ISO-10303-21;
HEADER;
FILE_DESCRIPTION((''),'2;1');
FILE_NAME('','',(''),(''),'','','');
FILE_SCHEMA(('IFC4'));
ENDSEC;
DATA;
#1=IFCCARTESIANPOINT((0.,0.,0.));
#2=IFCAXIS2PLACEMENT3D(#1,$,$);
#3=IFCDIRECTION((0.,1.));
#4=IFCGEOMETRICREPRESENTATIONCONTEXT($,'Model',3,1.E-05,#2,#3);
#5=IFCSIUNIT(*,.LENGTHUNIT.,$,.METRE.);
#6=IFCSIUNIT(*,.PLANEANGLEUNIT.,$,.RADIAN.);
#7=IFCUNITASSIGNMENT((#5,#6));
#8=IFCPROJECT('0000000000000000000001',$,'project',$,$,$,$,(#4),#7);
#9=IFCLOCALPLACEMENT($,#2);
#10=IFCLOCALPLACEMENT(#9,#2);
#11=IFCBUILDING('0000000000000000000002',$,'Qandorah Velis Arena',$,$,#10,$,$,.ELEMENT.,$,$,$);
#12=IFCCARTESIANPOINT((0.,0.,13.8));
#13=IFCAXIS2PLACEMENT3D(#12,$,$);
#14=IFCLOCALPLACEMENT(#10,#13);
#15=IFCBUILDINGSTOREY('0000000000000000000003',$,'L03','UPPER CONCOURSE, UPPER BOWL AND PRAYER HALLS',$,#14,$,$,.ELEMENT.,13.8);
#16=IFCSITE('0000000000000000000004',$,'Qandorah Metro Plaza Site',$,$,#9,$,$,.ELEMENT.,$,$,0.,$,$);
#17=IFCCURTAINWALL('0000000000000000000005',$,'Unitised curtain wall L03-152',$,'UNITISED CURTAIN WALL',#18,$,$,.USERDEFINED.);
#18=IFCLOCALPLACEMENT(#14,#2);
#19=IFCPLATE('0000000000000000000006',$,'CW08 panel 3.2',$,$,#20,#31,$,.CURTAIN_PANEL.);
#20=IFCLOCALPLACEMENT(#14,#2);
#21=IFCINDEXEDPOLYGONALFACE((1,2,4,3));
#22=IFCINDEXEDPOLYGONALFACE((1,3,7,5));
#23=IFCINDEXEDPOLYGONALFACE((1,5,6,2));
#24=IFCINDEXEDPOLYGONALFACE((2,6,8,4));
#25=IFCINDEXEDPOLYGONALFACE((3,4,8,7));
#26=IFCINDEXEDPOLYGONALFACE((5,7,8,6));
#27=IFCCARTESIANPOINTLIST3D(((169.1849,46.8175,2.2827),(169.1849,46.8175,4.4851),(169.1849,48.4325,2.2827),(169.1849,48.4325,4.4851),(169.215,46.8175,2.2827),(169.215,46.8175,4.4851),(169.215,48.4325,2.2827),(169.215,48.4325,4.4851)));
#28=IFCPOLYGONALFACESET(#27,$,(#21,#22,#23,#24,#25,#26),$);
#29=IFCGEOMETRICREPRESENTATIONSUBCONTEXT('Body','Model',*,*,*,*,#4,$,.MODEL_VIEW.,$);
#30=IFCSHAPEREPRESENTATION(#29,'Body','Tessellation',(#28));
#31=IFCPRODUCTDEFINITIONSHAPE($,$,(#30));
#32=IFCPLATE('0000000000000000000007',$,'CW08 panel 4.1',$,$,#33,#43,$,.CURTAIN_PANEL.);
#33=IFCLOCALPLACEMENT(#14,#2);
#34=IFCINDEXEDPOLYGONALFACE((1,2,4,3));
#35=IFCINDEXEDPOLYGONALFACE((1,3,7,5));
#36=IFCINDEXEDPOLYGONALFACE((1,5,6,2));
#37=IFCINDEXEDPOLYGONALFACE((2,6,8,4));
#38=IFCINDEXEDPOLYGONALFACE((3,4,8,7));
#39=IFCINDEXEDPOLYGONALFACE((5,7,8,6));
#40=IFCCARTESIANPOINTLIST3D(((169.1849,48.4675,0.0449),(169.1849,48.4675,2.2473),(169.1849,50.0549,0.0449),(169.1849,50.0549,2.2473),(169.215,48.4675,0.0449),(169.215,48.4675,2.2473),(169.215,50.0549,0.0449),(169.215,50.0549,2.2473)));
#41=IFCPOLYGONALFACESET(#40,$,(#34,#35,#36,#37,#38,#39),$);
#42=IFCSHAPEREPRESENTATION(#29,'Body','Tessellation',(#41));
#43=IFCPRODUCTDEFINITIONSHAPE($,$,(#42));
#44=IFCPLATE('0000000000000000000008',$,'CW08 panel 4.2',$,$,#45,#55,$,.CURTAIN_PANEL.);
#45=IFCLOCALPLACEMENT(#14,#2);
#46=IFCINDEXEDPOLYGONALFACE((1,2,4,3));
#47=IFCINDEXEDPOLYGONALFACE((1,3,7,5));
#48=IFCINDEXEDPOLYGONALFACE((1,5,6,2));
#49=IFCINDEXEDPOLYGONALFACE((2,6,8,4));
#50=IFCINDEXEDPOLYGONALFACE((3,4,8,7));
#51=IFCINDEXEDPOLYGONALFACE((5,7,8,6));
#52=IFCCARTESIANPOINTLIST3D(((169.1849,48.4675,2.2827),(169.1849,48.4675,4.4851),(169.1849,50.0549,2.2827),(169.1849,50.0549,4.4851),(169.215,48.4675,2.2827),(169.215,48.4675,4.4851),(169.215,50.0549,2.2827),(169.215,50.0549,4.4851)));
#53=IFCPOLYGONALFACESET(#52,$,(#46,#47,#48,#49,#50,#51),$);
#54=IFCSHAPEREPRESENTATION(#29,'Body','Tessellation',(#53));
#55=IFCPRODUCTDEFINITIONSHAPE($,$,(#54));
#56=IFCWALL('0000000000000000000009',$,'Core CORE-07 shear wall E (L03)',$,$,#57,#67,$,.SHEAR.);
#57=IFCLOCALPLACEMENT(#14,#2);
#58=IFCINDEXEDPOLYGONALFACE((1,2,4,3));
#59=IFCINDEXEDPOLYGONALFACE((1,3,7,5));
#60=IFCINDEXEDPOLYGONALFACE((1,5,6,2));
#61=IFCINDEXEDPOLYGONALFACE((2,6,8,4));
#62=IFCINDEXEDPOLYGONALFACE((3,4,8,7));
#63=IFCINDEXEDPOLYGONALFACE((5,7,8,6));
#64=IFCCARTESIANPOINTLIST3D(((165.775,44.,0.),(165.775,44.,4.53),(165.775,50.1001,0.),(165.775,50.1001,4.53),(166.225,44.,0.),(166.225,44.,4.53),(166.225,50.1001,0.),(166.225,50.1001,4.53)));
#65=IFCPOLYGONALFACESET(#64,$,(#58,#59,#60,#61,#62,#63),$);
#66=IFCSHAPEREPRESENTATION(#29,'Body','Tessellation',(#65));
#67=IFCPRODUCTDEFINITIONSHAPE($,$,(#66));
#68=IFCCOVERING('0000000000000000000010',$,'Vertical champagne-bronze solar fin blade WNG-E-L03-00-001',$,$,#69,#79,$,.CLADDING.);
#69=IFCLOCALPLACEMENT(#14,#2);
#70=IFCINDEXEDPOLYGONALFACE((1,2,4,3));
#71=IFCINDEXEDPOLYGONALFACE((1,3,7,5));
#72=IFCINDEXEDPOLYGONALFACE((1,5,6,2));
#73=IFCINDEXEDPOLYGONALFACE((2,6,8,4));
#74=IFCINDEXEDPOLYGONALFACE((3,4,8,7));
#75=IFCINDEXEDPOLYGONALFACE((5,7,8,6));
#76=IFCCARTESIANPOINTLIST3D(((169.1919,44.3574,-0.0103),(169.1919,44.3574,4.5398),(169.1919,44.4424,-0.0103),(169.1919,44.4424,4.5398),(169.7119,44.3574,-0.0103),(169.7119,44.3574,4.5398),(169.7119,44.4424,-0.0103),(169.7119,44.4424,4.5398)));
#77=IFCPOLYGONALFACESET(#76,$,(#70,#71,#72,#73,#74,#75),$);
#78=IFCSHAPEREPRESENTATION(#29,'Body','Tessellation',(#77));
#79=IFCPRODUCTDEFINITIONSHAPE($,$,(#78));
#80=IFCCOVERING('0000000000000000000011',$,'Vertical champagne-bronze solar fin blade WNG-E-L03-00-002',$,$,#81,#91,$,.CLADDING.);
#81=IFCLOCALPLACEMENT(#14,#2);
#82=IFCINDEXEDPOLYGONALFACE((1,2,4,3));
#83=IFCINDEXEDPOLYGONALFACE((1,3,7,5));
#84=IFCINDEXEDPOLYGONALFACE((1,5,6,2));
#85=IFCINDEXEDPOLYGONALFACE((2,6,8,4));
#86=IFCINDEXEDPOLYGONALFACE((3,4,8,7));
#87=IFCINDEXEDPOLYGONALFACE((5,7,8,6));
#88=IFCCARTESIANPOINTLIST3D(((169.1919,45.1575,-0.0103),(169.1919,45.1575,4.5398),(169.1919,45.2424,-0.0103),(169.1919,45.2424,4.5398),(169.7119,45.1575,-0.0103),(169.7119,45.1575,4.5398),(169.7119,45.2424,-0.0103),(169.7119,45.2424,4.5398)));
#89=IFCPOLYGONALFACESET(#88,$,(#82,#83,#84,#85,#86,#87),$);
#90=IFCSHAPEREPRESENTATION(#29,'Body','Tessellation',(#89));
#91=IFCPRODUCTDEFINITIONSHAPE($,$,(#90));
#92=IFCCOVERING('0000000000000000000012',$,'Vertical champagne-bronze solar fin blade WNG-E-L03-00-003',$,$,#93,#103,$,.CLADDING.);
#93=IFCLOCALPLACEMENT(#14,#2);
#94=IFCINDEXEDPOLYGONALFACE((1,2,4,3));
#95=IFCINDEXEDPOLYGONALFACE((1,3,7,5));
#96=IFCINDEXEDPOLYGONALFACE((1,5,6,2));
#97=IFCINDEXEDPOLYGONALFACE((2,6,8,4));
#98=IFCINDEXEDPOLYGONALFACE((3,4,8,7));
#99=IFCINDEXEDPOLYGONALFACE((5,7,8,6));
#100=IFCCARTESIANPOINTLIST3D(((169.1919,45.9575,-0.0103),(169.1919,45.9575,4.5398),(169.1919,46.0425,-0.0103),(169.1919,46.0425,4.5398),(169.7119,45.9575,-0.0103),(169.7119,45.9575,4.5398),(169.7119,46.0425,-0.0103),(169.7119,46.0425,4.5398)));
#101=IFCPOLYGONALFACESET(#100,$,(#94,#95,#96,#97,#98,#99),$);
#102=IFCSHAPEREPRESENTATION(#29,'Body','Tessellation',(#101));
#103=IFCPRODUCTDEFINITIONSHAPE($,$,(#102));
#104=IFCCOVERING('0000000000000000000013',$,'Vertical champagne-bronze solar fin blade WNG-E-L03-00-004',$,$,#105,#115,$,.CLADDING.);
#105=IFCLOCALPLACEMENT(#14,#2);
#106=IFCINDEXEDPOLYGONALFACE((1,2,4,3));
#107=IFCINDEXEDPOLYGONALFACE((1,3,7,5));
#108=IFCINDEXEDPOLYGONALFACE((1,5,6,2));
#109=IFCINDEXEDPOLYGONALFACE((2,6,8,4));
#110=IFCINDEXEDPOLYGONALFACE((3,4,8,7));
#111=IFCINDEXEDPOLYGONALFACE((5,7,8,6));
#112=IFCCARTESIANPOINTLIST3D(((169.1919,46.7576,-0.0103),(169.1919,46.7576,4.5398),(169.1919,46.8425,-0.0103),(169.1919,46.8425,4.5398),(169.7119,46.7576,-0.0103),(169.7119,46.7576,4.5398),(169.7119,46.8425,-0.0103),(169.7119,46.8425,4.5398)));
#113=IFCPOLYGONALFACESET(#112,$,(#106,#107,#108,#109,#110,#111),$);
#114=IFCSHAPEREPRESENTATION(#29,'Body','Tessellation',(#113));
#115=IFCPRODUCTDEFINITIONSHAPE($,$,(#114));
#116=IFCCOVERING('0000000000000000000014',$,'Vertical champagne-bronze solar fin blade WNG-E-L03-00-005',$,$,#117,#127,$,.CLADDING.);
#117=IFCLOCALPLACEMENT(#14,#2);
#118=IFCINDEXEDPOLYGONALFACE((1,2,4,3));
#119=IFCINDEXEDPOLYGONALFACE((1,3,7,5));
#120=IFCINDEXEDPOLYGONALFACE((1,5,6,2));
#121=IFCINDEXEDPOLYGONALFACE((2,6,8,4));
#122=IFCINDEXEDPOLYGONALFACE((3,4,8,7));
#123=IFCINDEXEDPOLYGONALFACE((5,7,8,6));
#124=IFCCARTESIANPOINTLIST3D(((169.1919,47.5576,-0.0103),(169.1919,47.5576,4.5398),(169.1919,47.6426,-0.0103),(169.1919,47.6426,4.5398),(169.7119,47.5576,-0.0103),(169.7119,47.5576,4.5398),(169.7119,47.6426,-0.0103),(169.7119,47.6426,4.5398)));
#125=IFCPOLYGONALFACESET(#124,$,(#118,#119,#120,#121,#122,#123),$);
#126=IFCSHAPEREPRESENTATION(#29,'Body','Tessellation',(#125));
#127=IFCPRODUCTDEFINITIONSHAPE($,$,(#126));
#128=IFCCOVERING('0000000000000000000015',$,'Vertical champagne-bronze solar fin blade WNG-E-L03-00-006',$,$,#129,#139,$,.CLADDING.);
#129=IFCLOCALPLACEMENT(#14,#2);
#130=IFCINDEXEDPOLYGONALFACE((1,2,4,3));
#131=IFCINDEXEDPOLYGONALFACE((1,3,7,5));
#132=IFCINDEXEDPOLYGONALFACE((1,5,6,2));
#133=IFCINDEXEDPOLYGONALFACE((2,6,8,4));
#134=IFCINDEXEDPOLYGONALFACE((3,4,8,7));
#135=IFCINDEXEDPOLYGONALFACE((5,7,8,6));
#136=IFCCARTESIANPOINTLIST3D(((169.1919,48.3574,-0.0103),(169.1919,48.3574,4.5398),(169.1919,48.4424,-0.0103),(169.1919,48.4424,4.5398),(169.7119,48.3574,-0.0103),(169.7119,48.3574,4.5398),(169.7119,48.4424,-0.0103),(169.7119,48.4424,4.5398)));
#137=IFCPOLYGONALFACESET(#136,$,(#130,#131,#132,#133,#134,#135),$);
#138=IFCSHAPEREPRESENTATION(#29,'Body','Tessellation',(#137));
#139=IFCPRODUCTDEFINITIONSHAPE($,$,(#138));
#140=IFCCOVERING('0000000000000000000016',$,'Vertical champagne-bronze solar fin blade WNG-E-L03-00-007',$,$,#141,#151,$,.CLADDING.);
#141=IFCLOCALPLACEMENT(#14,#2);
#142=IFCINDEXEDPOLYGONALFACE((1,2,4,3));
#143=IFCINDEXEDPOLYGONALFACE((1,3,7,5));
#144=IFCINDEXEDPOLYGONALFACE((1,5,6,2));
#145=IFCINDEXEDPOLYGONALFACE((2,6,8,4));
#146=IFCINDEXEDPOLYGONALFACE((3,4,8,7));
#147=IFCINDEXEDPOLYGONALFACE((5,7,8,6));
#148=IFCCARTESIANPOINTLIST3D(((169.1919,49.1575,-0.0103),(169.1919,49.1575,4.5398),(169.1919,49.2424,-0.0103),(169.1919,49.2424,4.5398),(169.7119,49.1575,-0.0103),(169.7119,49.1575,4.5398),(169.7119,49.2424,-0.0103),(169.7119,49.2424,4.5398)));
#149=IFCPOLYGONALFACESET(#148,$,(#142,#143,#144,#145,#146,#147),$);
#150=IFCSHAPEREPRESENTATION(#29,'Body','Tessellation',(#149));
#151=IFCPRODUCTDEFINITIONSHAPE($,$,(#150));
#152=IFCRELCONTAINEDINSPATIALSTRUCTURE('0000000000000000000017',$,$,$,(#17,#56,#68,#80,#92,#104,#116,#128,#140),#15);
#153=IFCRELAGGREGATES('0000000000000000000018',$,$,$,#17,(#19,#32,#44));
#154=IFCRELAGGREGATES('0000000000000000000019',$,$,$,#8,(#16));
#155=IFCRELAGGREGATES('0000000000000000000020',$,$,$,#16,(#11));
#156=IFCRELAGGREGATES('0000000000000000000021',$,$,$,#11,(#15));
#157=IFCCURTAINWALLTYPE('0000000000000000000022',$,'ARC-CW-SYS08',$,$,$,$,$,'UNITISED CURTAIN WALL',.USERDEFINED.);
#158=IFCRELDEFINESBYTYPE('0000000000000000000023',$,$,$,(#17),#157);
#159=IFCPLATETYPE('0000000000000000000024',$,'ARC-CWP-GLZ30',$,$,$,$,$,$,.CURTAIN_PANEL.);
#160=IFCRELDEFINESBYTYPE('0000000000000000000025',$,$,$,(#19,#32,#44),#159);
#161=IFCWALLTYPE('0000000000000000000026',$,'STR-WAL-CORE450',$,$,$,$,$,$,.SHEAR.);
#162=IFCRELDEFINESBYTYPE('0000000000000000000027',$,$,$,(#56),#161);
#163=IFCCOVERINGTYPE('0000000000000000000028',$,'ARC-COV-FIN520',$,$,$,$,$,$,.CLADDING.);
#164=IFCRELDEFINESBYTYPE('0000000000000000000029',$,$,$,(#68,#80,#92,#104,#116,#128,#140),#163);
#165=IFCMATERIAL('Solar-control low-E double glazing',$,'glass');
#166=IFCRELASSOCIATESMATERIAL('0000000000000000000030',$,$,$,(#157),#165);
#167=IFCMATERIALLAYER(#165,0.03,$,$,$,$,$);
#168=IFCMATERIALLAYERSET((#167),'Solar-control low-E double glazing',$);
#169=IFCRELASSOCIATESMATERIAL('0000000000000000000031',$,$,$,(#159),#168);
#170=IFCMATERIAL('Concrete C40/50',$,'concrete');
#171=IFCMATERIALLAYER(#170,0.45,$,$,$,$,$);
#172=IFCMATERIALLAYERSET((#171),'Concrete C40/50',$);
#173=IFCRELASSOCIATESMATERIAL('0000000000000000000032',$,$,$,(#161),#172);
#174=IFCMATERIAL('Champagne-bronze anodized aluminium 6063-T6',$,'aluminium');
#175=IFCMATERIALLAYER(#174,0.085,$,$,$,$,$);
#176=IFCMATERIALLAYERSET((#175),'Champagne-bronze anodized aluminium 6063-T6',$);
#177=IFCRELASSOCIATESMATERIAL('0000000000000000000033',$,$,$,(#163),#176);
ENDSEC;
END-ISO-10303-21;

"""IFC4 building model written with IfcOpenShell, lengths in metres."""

from ifc_helpers import new_model, si_unit, direction, frame, frame_2d, origin, origin_2d, place, context, subcontext, project, spatial, rectangle, extrude, material, layer, layer_set, type_object, element, aggregate, save


model = new_model("IFC4")

# Units and contexts
model_context = context("Model", 3, precision=1e-05, world=origin(), true_north=direction((0.0, 1.0)))
body_context = subcontext(model_context, "Body", "Model", "MODEL_VIEW")
ifc_project = project(units=[si_unit("LENGTHUNIT", "METRE"), si_unit("PLANEANGLEUNIT", "RADIAN")], contexts=[model_context])

# Site, building, storey
site_placement = place(None, origin())
site = spatial("IfcSite", under=ifc_project, at=site_placement, Name="Qandorah Metro Plaza Site", CompositionType="ELEMENT", RefElevation=0.0)
building_placement = place(site_placement, origin())
building = spatial("IfcBuilding", under=site, at=building_placement, Name="Qandorah Velis Arena", CompositionType="ELEMENT")
storey_placement = place(building_placement, frame((0.0, 0.0, 13.8)))
storey = spatial("IfcBuildingStorey", under=building, at=storey_placement, Name="L03", Description="UPPER CONCOURSE, UPPER BOWL AND PRAYER HALLS", CompositionType="ELEMENT", Elevation=13.8)

# Shared definitions
ifc_material_1 = material(Name="Concrete C40/50", Category="concrete")

# Curtain wall, plates
ifc_material_2 = material(Name="Solar-control low-E double glazing", Category="glass")
curtain_wall_type = type_object("IfcCurtainWallType", Name="ARC-CW-SYS08", ElementType="UNITISED CURTAIN WALL", PredefinedType="USERDEFINED", material=ifc_material_2)
curtain_wall_placement = place(storey_placement, origin())
curtain_wall = element("IfcCurtainWall", 1, at=curtain_wall_placement, inside=storey, type_object=curtain_wall_type, Name="Unitised curtain wall L03-152", ObjectType="UNITISED CURTAIN WALL", PredefinedType="USERDEFINED")
ifc_material_3 = material(Name="Champagne-bronze anodized aluminium 6063-T6", Category="aluminium")
ifc_layer_1 = layer(ifc_material_2, 0.03)
ifc_layer_set_1 = layer_set([ifc_layer_1], Name="Solar-control low-E double glazing")
plate_type = type_object("IfcPlateType", Name="ARC-CWP-GLZ30", PredefinedType="CURTAIN_PANEL", material=ifc_layer_set_1)
plate_1_placement = place(storey_placement, frame((169.2, 47.625, 2.2827), z_axis=(0.0, 0.0, 1.0), x_axis=(0.0, 1.0, 0.0)))
plate_1 = element("IfcPlate", 2, at=plate_1_placement, type_object=plate_type, Name="CW08 panel 3.2", PredefinedType="CURTAIN_PANEL", context=body_context, shape_type="SweptSolid", body=[
    extrude(rectangle(XDim=1.615, YDim=0.03, at=origin_2d()), origin(), (0.0, 0.0, 1.0), 2.2024),
])
plate_2_placement = place(storey_placement, frame((169.2, 49.2612, 0.0449), z_axis=(0.0, 0.0, 1.0), x_axis=(0.0, 1.0, 0.0)))
plate_2 = element("IfcPlate", 3, at=plate_2_placement, type_object=plate_type, Name="CW08 panel 4.1", PredefinedType="CURTAIN_PANEL", context=body_context, shape_type="SweptSolid", body=[
    extrude(rectangle(XDim=1.5874, YDim=0.03, at=origin_2d()), origin(), (0.0, 0.0, 1.0), 2.2024),
])
plate_3_placement = place(storey_placement, frame((169.2, 49.2612, 2.2827), z_axis=(0.0, 0.0, 1.0), x_axis=(0.0, 1.0, 0.0)))
plate_3 = element("IfcPlate", 4, at=plate_3_placement, type_object=plate_type, Name="CW08 panel 4.2", PredefinedType="CURTAIN_PANEL", context=body_context, shape_type="SweptSolid", body=[
    extrude(rectangle(XDim=1.5874, YDim=0.03, at=origin_2d()), origin(), (0.0, 0.0, 1.0), 2.2024),
])
aggregate(curtain_wall, [plate_1, plate_2, plate_3])

# Wall
ifc_layer_2 = layer(ifc_material_1, 0.45)
ifc_layer_set_2 = layer_set([ifc_layer_2], Name="Concrete C40/50")
wall_type = type_object("IfcWallType", Name="STR-WAL-CORE450", PredefinedType="SHEAR", material=ifc_layer_set_2)
wall_placement = place(storey_placement, frame((166.0, 44.0, 0.0), z_axis=(0.0, 0.0, 1.0), x_axis=(0.0, 1.0, 0.0)))
element("IfcWall", 5, at=wall_placement, inside=storey, type_object=wall_type, Name="Core CORE-07 shear wall E (L03)", PredefinedType="SHEAR", context=body_context, shape_type="SweptSolid", body=[
    extrude(rectangle(XDim=6.1001, YDim=0.45, at=frame_2d((3.05, 0.0))), origin(), (0.0, 0.0, 1.0), 4.53),
])

# Coverings
ifc_layer_3 = layer(ifc_material_3, 0.085)
ifc_layer_set_3 = layer_set([ifc_layer_3], Name="Champagne-bronze anodized aluminium 6063-T6")
covering_type = type_object("IfcCoveringType", Name="ARC-COV-FIN520", PredefinedType="CLADDING", material=ifc_layer_set_3)
for number, where, z_axis, x_axis, name in (
    (6, (169.4519, 44.3999, -0.0103), (0.0, 0.0, 1.0), (1.0, 0.0, 0.0), "Vertical champagne-bronze solar fin blade WNG-E-L03-00-001"),
    (7, (169.4519, 45.2, -0.0103), (0.0, 0.0, 1.0), (1.0, 0.0, 0.0), "Vertical champagne-bronze solar fin blade WNG-E-L03-00-002"),
    (8, (169.4519, 46.0, -0.0103), (0.0, 0.0, 1.0), (1.0, 0.0, 0.0), "Vertical champagne-bronze solar fin blade WNG-E-L03-00-003"),
    (9, (169.4519, 46.8, -0.0103), (0.0, 0.0, 1.0), (1.0, 0.0, 0.0), "Vertical champagne-bronze solar fin blade WNG-E-L03-00-004"),
    (10, (169.4519, 47.6001, -0.0103), (0.0, 0.0, 1.0), (1.0, 0.0, 0.0), "Vertical champagne-bronze solar fin blade WNG-E-L03-00-005"),
    (11, (169.4519, 48.3999, -0.0103), (0.0, 0.0, 1.0), (1.0, 0.0, 0.0), "Vertical champagne-bronze solar fin blade WNG-E-L03-00-006"),
    (12, (169.4519, 49.2, -0.0103), (0.0, 0.0, 1.0), (1.0, 0.0, 0.0), "Vertical champagne-bronze solar fin blade WNG-E-L03-00-007"),
):
    element("IfcCovering", number, at=place(storey_placement, frame(where, z_axis=z_axis, x_axis=x_axis)), inside=storey, type_object=covering_type, Name=name, PredefinedType="CLADDING", context=body_context, shape_type="SweptSolid", body=[
        extrude(rectangle(XDim=0.52, YDim=0.085, at=origin_2d()), origin(), (0.0, 0.0, 1.0), 4.55),
    ])

save(model, "model.ifc")
